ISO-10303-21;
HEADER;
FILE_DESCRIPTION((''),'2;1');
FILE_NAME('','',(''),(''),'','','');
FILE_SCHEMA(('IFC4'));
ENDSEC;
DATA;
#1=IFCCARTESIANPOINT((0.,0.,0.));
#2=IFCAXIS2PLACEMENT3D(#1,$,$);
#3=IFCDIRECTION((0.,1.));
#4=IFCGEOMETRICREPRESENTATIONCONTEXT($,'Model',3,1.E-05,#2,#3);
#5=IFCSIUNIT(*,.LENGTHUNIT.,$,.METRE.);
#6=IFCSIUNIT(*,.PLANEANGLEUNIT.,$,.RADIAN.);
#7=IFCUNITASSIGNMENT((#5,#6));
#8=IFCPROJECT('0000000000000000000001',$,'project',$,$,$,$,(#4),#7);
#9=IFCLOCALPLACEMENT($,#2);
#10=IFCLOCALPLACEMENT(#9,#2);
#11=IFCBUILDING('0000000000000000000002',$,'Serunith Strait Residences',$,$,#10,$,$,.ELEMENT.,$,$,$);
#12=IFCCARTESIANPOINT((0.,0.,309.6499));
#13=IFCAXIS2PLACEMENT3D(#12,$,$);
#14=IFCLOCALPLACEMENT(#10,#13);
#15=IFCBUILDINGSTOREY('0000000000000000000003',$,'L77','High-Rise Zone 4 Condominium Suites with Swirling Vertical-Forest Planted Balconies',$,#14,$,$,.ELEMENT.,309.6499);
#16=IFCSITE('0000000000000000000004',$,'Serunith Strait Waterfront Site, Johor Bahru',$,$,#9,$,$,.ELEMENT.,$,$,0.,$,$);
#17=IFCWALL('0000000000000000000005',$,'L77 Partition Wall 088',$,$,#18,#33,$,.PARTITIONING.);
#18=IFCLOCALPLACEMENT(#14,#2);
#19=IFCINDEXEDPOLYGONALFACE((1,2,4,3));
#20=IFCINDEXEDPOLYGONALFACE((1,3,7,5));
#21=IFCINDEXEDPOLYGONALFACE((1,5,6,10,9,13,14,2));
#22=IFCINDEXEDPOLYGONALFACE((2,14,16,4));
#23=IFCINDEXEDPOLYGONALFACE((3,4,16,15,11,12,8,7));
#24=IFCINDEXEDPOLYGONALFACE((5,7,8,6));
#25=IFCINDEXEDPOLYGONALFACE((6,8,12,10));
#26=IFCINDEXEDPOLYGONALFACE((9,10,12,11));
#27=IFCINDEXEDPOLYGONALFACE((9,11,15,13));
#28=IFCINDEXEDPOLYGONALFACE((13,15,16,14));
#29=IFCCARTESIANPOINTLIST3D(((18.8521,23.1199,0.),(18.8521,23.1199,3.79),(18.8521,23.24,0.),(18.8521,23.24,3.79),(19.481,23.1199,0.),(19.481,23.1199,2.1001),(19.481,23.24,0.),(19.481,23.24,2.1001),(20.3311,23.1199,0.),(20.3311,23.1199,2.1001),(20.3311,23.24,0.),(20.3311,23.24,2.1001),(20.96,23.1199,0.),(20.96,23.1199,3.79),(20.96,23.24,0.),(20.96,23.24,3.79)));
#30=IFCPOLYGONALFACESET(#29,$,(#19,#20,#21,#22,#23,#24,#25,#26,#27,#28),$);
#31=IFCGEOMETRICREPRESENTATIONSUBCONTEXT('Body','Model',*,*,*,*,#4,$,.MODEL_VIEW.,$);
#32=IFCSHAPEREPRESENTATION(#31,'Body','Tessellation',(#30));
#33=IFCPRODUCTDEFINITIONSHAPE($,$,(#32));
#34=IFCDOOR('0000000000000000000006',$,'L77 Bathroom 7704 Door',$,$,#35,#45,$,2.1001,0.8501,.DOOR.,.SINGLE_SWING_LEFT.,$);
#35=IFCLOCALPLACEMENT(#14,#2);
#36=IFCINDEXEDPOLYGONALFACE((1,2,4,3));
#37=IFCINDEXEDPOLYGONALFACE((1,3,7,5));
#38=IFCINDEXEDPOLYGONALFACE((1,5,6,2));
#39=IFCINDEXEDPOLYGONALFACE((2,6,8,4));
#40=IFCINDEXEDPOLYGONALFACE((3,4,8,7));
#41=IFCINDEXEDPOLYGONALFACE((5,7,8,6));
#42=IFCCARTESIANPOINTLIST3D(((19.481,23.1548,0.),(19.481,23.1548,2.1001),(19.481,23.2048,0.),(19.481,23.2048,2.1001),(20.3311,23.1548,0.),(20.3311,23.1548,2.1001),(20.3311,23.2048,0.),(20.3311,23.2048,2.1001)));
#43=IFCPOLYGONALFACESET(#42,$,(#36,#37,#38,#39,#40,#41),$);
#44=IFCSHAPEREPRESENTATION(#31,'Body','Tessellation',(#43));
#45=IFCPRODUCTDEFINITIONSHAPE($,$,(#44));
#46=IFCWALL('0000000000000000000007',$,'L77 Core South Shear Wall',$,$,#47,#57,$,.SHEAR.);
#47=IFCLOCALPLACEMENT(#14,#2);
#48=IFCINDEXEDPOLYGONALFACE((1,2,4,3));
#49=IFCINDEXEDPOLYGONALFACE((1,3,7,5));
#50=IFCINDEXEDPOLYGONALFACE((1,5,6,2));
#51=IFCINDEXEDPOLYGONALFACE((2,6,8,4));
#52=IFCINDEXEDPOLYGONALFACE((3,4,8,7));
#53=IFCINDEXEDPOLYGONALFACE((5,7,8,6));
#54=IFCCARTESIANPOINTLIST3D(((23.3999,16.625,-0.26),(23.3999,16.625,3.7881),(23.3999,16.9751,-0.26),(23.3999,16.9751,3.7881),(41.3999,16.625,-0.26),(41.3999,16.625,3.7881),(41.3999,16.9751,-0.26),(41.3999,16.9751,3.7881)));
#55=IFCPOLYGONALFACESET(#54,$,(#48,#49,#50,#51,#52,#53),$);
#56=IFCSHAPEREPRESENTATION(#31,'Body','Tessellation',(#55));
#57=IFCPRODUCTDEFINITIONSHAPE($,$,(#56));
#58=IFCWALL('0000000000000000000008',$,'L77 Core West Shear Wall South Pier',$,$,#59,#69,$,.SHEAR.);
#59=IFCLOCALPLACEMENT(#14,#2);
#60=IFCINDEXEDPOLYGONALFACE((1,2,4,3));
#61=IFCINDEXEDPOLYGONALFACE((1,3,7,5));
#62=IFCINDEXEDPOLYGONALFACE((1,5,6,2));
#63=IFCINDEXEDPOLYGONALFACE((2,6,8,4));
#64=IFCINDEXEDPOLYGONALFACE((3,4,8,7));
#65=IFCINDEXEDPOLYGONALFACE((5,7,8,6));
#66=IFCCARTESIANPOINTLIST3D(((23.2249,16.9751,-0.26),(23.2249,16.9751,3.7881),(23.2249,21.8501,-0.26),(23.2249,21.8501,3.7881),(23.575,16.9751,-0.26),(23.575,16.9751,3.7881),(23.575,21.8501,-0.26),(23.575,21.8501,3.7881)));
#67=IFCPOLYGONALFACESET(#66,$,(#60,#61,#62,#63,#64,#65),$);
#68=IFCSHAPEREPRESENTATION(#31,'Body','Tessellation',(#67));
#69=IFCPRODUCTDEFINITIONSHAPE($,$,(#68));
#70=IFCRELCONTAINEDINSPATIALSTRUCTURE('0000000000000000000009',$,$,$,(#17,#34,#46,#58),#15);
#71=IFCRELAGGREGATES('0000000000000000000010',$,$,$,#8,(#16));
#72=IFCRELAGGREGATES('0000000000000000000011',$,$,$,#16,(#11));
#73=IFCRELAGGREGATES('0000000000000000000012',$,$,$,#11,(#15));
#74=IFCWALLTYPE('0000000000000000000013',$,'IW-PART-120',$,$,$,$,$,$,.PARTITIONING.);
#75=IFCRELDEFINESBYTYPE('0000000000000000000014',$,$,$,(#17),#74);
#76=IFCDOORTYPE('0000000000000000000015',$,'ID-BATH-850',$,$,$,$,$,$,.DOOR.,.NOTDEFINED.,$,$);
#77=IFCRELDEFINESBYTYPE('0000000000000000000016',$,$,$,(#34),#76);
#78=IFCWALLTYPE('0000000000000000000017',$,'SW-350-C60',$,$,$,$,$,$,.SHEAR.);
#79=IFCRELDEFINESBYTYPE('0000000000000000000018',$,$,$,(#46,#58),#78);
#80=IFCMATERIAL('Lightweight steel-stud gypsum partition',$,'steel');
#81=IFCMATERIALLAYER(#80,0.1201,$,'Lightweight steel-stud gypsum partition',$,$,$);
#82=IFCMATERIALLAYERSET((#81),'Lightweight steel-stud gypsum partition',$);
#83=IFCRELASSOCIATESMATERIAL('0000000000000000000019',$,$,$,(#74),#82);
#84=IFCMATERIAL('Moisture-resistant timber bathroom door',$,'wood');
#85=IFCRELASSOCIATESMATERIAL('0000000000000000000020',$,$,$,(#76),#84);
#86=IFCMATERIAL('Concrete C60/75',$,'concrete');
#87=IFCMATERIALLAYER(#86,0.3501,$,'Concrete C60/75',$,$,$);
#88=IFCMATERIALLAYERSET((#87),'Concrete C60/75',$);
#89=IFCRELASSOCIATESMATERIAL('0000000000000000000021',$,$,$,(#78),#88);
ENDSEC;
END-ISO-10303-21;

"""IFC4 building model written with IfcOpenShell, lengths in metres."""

from ifc_helpers import new_model, si_unit, direction, frame, frame_2d, origin, place, context, subcontext, project, spatial, rectangle, extrude, source, transform, mapped, material, layer, layer_set, type_object, element, fill, save


model = new_model("IFC4")

# Units and contexts
model_context = context("Model", 3, precision=1e-05, world=origin(), true_north=direction((0.0, 1.0)))
body_context = subcontext(model_context, "Body", "Model", "MODEL_VIEW")
ifc_project = project(units=[si_unit("LENGTHUNIT", "METRE"), si_unit("PLANEANGLEUNIT", "RADIAN")], contexts=[model_context])

# Site, building, storey
site_placement = place(None, origin())
site = spatial("IfcSite", under=ifc_project, at=site_placement, Name="Serunith Strait Waterfront Site, Johor Bahru", CompositionType="ELEMENT", RefElevation=0.0)
building_placement = place(site_placement, origin())
building = spatial("IfcBuilding", under=site, at=building_placement, Name="Serunith Strait Residences", CompositionType="ELEMENT")
storey_placement = place(building_placement, frame((0.0, 0.0, 309.6499)))
storey = spatial("IfcBuildingStorey", under=building, at=storey_placement, Name="L77", Description="High-Rise Zone 4 Condominium Suites with Swirling Vertical-Forest Planted Balconies", CompositionType="ELEMENT", Elevation=309.6499)

# Shared definitions
ifc_material_1 = material(Name="Lightweight steel-stud gypsum partition", Category="steel")
ifc_layer_1 = layer(ifc_material_1, 0.1201, Name="Lightweight steel-stud gypsum partition")
ifc_layer_set_1 = layer_set([ifc_layer_1], Name="Lightweight steel-stud gypsum partition")
wall_type_1 = type_object("IfcWallType", Name="IW-PART-120", PredefinedType="PARTITIONING", material=ifc_layer_set_1)

# Shared definitions
shared_shape_1 = source(origin(), body_context, "Body", "SweptSolid", [
    extrude(rectangle(XDim=0.8501, YDim=2.1001, at=frame_2d((0.425, 1.05))), frame((0.0, 0.0249, 0.0), z_axis=(0.0, -1.0, 0.0), x_axis=(1.0, 0.0, 0.0)), (0.0, 0.0, 1.0), 0.05),
])

# Wall, opening, door
wall_1_placement = place(storey_placement, frame((18.8521, 23.1799, 0.0), z_axis=(0.0, 0.0, 1.0), x_axis=(1.0, 0.0, 0.0)))
wall_1 = element("IfcWall", 1, at=wall_1_placement, inside=storey, type_object=wall_type_1, Name="L77 Partition Wall 088", PredefinedType="PARTITIONING", context=body_context, shape_type="SweptSolid", body=[
    extrude(rectangle(XDim=2.1079, YDim=0.1201, at=frame_2d((1.054, 0.0))), origin(), (0.0, 0.0, 1.0), 3.79),
])
opening_1_placement = place(wall_1_placement, frame((0.6289, 0.0, 0.0)))
opening_1 = element("IfcOpeningElement", 2, at=opening_1_placement, cuts=wall_1, PredefinedType="OPENING", context=body_context, shape_type="SweptSolid", body=[
    extrude(rectangle(XDim=0.8501, YDim=2.1001, at=frame_2d((0.425, 1.05))), frame((0.0, 0.0701, 0.0), z_axis=(0.0, -1.0, 0.0), x_axis=(1.0, 0.0, 0.0)), (0.0, 0.0, 1.0), 0.1401),
])
ifc_material_2 = material(Name="Moisture-resistant timber bathroom door", Category="wood")
door_type_1 = type_object("IfcDoorType", Name="ID-BATH-850", OperationType="NOTDEFINED", PredefinedType="DOOR", material=ifc_material_2)
door_1_placement = place(opening_1_placement, origin())
door_1 = element("IfcDoor", 3, at=door_1_placement, inside=storey, type_object=door_type_1, Name="L77 Bathroom 7704 Door", OperationType="SINGLE_SWING_LEFT", OverallHeight=2.1001, OverallWidth=0.8501, PredefinedType="DOOR", context=body_context, shape_type="MappedRepresentation", body=[
    mapped(shared_shape_1, transform((0.0, 0.0, 0.0), scale=1.0)),
])
fill(opening_1, door_1)

# Walls
ifc_material_3 = material(Name="Concrete C60/75", Category="concrete")
ifc_layer_2 = layer(ifc_material_3, 0.3501, Name="Concrete C60/75")
ifc_layer_set_2 = layer_set([ifc_layer_2], Name="Concrete C60/75")
wall_type_2 = type_object("IfcWallType", Name="SW-350-C60", PredefinedType="SHEAR", material=ifc_layer_set_2)
wall_2_placement = place(storey_placement, frame((23.3999, 16.8, -0.26), z_axis=(0.0, 0.0, 1.0), x_axis=(1.0, 0.0, 0.0)))
element("IfcWall", 4, at=wall_2_placement, inside=storey, type_object=wall_type_2, Name="L77 Core South Shear Wall", PredefinedType="SHEAR", context=body_context, shape_type="SweptSolid", body=[
    extrude(rectangle(XDim=18.0, YDim=0.3501, at=frame_2d((9.0, 0.0))), origin(), (0.0, 0.0, 1.0), 4.0481),
])
wall_3_placement = place(storey_placement, frame((23.3999, 16.9751, -0.26), z_axis=(0.0, 0.0, 1.0), x_axis=(0.0, 1.0, 0.0)))
element("IfcWall", 5, at=wall_3_placement, inside=storey, type_object=wall_type_2, Name="L77 Core West Shear Wall South Pier", PredefinedType="SHEAR", context=body_context, shape_type="SweptSolid", body=[
    extrude(rectangle(XDim=4.875, YDim=0.3501, at=frame_2d((2.4375, 0.0))), origin(), (0.0, 0.0, 1.0), 4.0481),
])

save(model, "model.ifc")
